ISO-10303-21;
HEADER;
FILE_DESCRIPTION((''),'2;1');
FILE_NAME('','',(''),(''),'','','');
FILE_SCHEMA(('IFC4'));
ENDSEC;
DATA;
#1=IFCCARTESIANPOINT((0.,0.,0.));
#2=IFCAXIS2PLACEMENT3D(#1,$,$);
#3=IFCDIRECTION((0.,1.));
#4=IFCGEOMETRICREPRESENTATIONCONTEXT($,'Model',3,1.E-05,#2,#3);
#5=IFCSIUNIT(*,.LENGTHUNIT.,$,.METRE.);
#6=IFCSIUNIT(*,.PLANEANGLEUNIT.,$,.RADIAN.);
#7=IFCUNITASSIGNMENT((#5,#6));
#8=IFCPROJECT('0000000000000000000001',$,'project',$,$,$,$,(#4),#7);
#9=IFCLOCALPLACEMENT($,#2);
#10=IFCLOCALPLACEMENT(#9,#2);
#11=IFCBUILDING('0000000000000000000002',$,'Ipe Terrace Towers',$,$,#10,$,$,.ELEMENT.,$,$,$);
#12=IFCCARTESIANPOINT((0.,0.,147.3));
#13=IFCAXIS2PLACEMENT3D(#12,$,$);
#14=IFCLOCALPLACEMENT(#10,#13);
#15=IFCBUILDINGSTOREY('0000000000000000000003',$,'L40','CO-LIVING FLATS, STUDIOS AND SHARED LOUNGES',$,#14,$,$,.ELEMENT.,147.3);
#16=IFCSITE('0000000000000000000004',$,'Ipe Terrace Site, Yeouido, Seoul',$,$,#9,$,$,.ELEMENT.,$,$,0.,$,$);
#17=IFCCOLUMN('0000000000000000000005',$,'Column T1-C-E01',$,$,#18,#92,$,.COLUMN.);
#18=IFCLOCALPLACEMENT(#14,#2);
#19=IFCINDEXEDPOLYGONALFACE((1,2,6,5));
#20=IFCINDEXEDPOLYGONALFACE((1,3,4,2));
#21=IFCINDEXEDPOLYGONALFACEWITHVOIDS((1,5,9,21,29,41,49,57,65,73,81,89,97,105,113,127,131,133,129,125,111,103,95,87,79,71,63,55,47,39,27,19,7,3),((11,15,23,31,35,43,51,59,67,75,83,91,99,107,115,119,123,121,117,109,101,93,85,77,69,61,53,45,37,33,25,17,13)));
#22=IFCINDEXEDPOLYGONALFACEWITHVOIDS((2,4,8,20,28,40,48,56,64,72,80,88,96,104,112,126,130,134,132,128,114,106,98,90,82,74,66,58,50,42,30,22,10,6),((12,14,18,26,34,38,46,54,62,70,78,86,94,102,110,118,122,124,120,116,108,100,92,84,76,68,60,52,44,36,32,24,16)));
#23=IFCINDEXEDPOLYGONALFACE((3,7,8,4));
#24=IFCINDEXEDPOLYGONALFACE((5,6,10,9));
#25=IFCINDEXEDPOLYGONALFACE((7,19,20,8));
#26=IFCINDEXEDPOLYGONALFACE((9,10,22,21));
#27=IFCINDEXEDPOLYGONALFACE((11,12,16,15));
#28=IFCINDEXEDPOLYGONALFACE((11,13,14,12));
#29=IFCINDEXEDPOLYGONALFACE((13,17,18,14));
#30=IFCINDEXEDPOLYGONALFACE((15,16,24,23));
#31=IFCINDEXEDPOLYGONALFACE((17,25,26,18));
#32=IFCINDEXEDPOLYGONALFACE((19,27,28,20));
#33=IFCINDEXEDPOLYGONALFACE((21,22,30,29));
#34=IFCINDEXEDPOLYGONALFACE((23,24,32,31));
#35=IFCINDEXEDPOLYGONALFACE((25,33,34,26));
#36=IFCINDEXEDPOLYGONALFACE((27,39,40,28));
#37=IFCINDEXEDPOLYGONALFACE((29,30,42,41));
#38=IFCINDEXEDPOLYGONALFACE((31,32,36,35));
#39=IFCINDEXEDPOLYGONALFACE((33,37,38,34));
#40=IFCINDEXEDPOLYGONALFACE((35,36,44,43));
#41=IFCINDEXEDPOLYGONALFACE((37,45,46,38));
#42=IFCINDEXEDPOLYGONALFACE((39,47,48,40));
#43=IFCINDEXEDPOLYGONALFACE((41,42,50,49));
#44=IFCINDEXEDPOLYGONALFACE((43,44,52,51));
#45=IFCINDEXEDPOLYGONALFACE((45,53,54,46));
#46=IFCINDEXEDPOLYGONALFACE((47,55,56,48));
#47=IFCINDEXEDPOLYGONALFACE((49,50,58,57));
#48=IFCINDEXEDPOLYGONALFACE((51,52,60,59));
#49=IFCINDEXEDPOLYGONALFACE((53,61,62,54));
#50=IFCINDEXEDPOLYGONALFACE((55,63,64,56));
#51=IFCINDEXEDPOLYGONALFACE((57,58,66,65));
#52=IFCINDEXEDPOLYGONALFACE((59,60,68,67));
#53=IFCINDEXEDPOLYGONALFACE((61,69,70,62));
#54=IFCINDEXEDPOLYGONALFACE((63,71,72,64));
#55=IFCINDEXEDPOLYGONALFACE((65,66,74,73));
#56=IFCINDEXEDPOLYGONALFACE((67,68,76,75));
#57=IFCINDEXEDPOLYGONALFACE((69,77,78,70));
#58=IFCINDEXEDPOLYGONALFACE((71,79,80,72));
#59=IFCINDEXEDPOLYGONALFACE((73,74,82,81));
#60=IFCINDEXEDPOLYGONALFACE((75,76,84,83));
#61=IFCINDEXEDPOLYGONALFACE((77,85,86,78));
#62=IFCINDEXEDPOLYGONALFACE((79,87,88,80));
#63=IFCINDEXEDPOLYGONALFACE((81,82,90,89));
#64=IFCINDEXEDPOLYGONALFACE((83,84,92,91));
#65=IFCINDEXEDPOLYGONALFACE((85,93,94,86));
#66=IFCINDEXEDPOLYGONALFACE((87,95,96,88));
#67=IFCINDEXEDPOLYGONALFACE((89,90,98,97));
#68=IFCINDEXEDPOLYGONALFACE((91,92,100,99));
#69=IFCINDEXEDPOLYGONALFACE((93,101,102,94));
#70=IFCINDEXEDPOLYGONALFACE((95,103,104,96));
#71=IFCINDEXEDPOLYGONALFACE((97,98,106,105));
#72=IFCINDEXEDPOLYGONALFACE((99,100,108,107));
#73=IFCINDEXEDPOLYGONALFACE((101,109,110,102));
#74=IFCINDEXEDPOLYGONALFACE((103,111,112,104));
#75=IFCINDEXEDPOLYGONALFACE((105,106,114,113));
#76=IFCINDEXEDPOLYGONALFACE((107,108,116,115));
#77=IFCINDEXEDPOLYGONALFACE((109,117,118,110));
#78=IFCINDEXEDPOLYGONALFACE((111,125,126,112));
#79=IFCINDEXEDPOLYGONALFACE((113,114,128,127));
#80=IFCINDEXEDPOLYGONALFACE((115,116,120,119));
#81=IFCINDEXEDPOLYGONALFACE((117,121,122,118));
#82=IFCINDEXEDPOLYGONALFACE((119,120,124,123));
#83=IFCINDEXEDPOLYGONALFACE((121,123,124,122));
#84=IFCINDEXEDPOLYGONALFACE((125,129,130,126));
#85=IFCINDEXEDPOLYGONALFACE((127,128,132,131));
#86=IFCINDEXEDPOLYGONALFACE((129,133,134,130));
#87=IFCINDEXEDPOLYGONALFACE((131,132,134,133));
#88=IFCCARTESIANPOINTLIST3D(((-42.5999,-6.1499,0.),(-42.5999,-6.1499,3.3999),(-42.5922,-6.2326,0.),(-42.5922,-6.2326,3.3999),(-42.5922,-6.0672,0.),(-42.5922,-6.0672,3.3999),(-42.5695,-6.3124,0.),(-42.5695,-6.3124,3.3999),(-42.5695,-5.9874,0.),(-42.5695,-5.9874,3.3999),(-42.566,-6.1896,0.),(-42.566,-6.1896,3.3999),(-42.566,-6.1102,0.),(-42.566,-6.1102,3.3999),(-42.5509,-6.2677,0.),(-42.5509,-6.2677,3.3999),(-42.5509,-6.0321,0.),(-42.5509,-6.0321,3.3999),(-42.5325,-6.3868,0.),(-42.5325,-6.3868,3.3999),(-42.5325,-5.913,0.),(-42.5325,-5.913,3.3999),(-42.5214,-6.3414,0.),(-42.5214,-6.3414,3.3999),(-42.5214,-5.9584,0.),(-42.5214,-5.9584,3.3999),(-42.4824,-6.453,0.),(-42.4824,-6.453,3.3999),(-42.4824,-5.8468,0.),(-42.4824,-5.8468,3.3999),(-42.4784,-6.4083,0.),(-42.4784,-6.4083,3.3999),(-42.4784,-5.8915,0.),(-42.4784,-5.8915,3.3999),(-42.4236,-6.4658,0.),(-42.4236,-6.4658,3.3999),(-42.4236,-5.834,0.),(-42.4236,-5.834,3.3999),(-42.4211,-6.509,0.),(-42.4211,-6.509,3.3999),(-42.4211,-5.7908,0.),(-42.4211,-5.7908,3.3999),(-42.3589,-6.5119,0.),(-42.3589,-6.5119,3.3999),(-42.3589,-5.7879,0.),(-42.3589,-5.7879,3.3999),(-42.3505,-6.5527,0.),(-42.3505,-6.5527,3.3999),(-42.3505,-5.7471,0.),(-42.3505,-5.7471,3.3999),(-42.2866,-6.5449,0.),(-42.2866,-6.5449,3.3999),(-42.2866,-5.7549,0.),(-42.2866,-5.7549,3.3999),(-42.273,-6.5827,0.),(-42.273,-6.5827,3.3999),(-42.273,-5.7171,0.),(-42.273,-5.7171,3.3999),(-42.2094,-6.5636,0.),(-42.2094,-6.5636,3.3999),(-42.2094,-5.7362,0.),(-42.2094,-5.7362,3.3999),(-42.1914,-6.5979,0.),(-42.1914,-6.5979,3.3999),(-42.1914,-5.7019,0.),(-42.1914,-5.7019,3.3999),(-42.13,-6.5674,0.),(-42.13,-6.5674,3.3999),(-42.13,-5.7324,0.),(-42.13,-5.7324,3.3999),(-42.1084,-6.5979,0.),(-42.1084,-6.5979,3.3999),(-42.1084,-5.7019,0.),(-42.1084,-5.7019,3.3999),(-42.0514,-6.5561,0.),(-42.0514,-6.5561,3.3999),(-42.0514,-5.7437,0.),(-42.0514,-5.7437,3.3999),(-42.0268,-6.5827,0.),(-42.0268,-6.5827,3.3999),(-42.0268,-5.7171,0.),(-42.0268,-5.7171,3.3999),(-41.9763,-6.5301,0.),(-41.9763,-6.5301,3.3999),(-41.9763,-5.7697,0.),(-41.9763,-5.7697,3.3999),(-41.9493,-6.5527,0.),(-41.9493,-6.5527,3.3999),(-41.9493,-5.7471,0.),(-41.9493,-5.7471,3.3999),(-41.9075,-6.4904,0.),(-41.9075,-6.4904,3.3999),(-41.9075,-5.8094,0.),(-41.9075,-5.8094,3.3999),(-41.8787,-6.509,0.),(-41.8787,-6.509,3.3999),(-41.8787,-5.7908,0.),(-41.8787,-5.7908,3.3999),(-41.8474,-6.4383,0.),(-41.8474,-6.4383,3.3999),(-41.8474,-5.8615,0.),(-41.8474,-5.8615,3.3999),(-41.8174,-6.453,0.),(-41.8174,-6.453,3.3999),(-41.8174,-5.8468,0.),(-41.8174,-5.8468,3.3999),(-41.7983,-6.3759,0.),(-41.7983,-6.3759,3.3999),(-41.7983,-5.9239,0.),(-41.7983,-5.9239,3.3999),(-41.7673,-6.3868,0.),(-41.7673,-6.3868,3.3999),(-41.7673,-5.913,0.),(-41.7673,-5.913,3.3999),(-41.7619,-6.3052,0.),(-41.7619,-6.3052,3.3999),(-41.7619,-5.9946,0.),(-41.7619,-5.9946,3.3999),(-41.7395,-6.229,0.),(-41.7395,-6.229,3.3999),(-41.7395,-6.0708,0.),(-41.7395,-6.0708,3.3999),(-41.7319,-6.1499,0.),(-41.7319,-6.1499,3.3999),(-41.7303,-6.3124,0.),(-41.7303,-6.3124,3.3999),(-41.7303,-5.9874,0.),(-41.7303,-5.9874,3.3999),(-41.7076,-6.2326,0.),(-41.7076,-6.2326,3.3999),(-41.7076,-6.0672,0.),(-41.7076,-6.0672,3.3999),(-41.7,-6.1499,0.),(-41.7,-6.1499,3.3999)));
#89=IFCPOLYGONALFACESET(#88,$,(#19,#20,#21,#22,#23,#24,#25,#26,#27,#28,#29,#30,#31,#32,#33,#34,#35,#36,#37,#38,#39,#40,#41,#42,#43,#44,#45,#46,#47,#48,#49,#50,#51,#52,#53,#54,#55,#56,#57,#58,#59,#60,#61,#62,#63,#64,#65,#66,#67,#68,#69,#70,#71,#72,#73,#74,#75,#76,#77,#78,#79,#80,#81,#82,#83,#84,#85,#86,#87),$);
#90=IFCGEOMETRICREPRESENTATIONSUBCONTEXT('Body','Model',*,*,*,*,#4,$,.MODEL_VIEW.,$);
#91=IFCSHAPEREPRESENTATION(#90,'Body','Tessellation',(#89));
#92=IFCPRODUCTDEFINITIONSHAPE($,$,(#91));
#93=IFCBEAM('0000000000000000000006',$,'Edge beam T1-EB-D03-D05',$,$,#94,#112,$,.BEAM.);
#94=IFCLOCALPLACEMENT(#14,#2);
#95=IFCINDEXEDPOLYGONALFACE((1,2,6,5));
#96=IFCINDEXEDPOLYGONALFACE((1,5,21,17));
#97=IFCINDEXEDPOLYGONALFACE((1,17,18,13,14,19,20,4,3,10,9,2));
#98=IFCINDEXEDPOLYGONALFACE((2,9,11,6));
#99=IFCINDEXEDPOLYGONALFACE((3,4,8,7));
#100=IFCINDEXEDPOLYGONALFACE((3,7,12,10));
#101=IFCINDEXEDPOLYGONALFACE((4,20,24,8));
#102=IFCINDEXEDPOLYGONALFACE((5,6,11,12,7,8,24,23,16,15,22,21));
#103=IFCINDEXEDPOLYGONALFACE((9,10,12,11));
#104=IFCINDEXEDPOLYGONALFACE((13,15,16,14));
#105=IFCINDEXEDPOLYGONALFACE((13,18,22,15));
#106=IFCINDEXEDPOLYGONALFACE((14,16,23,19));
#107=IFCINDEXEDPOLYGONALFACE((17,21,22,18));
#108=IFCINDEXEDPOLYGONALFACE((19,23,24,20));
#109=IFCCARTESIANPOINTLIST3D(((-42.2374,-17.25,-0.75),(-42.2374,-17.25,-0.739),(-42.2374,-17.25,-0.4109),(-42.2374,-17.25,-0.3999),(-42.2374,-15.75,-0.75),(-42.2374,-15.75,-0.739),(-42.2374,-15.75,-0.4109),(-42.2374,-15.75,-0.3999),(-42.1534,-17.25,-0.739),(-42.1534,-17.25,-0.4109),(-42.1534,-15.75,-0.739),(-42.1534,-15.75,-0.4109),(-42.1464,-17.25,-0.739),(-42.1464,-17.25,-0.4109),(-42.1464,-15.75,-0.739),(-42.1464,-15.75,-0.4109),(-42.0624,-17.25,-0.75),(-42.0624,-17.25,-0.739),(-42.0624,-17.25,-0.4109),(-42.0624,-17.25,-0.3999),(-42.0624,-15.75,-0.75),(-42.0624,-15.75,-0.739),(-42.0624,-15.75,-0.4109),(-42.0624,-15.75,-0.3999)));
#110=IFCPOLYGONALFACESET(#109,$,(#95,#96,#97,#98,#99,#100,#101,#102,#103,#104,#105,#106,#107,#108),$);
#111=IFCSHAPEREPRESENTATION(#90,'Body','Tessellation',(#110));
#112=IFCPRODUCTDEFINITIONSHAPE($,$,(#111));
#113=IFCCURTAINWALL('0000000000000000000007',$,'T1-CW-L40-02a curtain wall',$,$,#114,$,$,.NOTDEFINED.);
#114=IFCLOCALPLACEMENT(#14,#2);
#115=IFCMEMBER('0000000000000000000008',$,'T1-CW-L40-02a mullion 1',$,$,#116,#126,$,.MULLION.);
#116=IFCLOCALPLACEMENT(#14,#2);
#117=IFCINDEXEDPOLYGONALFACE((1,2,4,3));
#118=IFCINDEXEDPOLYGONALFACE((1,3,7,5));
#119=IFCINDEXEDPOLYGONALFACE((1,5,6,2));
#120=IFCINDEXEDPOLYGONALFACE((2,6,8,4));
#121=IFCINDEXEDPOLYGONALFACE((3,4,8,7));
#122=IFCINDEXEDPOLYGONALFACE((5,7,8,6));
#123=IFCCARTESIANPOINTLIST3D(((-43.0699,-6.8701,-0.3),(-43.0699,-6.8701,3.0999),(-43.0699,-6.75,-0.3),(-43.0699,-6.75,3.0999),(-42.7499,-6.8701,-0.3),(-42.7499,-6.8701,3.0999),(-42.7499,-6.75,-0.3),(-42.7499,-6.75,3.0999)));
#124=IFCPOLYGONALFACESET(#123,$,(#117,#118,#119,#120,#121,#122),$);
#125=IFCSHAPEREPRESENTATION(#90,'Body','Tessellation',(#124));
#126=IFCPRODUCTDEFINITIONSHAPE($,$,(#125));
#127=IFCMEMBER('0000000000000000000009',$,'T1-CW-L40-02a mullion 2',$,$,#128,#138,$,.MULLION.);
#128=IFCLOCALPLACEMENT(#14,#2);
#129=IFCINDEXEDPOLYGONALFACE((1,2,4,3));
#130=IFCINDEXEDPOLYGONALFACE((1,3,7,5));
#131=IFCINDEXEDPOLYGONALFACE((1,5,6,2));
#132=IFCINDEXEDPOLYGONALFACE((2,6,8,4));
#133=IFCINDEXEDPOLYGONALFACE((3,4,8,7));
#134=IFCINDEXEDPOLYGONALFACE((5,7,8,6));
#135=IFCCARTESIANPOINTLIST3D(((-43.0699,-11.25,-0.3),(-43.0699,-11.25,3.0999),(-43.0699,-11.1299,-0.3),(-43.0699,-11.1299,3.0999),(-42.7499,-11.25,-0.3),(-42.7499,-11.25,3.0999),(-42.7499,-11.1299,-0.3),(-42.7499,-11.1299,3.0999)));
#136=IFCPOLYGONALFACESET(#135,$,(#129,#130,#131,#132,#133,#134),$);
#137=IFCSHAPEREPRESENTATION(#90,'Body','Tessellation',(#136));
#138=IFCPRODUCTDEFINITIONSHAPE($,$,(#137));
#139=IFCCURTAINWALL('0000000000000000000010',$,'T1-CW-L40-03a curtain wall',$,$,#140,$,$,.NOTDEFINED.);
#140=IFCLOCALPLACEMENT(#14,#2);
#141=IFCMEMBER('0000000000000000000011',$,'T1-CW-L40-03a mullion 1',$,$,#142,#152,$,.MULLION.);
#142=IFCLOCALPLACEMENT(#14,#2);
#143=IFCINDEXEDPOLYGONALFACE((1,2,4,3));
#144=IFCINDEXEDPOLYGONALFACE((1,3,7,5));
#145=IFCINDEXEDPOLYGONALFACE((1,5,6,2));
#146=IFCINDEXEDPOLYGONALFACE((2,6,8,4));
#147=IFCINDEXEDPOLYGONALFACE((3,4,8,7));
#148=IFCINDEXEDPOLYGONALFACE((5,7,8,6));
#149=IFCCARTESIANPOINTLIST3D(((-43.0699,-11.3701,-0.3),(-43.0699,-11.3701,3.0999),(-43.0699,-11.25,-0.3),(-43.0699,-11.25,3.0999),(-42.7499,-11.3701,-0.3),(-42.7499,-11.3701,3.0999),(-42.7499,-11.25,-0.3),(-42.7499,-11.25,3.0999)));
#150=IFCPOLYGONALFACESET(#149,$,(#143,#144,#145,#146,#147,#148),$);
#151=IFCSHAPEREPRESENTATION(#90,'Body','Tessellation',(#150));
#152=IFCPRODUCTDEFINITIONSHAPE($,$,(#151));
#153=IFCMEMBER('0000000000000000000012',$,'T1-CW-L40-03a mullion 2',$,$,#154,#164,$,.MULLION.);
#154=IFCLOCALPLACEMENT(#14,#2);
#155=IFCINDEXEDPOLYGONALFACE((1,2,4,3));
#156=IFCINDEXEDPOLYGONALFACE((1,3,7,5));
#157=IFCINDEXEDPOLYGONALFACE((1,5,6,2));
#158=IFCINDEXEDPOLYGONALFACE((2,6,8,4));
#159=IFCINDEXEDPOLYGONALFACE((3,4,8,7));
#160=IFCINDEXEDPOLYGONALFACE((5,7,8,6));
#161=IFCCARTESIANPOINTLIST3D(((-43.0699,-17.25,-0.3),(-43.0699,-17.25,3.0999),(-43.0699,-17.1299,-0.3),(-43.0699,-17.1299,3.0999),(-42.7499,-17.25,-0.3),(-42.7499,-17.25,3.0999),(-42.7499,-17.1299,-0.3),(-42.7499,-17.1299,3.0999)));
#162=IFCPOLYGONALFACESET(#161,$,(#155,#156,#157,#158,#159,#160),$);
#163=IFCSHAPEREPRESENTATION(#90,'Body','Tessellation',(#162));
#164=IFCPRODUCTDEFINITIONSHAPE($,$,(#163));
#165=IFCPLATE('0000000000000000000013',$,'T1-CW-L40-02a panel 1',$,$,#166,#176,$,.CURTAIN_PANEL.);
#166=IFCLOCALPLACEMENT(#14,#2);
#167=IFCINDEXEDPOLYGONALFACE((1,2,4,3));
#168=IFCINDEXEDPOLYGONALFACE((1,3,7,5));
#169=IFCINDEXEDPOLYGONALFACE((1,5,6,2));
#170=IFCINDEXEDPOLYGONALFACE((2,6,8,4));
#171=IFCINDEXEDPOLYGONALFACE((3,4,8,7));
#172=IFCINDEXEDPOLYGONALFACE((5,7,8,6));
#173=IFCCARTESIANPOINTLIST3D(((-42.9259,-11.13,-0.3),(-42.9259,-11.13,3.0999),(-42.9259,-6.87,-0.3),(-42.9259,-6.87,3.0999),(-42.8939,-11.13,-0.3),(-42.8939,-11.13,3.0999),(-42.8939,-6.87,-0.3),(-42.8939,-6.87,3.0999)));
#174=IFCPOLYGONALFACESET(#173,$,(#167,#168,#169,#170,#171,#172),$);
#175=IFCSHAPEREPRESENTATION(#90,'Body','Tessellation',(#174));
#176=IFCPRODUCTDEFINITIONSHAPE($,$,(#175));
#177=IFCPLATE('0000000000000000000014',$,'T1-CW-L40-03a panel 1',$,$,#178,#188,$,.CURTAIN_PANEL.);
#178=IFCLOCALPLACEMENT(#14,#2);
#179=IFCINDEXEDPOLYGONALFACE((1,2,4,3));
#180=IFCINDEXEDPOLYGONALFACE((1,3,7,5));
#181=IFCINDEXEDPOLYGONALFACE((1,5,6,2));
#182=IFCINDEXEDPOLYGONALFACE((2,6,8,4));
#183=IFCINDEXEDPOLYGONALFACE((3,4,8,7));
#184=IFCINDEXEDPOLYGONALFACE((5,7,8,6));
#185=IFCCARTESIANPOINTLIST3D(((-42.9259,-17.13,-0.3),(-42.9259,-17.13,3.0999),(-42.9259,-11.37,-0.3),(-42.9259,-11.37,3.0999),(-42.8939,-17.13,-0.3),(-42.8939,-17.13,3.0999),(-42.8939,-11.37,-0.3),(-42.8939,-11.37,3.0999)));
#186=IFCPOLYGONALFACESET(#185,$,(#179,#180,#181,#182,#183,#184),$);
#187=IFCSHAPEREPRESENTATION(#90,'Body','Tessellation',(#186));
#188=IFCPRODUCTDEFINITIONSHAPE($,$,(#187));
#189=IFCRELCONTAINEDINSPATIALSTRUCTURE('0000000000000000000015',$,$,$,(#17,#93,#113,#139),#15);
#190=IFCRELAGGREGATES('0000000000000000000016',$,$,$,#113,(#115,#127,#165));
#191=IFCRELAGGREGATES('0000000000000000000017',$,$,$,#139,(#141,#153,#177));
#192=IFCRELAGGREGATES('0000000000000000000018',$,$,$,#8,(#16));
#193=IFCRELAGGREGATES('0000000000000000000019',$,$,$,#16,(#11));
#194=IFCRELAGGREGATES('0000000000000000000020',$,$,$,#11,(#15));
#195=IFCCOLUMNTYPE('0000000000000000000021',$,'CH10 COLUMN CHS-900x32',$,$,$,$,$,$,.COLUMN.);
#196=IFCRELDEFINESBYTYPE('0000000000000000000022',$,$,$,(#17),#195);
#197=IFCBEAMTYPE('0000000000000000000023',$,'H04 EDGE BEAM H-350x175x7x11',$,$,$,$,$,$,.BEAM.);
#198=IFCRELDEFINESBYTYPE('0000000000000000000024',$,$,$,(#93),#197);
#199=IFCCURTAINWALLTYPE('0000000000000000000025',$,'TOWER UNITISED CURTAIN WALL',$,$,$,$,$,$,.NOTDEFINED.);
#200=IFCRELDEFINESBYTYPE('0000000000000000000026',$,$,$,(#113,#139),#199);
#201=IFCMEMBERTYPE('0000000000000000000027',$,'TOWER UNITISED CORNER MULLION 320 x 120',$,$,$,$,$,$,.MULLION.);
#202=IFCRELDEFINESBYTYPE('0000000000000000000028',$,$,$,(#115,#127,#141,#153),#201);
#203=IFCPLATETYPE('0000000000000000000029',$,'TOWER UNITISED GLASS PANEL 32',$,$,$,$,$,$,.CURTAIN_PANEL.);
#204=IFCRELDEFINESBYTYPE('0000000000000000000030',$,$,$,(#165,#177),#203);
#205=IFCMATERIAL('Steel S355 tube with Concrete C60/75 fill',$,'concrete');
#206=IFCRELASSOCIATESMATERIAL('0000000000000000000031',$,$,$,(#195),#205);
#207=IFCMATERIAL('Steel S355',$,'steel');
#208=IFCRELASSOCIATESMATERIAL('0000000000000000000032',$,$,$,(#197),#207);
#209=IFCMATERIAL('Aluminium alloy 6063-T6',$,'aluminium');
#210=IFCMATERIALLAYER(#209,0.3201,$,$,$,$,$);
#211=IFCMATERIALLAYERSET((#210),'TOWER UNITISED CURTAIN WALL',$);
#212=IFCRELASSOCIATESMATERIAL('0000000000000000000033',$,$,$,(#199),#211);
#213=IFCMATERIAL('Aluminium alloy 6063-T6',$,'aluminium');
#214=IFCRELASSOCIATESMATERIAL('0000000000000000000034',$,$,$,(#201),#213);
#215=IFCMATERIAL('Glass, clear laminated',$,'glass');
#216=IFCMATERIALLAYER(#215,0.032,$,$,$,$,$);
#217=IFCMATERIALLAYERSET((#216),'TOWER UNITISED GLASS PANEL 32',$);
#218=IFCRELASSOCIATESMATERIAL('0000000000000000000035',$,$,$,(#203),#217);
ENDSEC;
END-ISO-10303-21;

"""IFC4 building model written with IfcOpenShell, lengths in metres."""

from ifc_helpers import new_model, si_unit, direction, frame, origin, origin_2d, place, context, subcontext, project, spatial, rectangle, hollow_circle, i_section, extrude, material, layer, layer_set, material_profile, profile_set, type_object, element, aggregate, save


model = new_model("IFC4")

# Units and contexts
model_context = context("Model", 3, precision=1e-05, world=origin(), true_north=direction((0.0, 1.0)))
body_context = subcontext(model_context, "Body", "Model", "MODEL_VIEW")
ifc_project = project(units=[si_unit("LENGTHUNIT", "METRE"), si_unit("PLANEANGLEUNIT", "RADIAN")], contexts=[model_context])

# Site, building, storey
site_placement = place(None, origin())
site = spatial("IfcSite", under=ifc_project, at=site_placement, Name="Ipe Terrace Site, Yeouido, Seoul", CompositionType="ELEMENT", RefElevation=0.0)
building_placement = place(site_placement, origin())
building = spatial("IfcBuilding", under=site, at=building_placement, Name="Ipe Terrace Towers", CompositionType="ELEMENT")
storey_placement = place(building_placement, frame((0.0, 0.0, 147.3)))
storey = spatial("IfcBuildingStorey", under=building, at=storey_placement, Name="L40", Description="CO-LIVING FLATS, STUDIOS AND SHARED LOUNGES", CompositionType="ELEMENT", Elevation=147.3)

# Column
ifc_material_1 = material(Name="Steel S355 tube with Concrete C60/75 fill", Category="concrete")
ifc_material_profile_1 = material_profile(ifc_material_1, hollow_circle(Radius=0.45, WallThickness=0.032, at=origin_2d()), Name="CHS-900x32")
ifc_profile_set_1 = profile_set([ifc_material_profile_1], Name="Steel S355 tube with Concrete C60/75 fill")
column_type_1 = type_object("IfcColumnType", Name="CH10 COLUMN CHS-900x32", PredefinedType="COLUMN", material=ifc_profile_set_1)
column_placement = place(storey_placement, frame((-42.1499, -6.1499, 0.0), z_axis=(0.0, 0.0, 1.0), x_axis=(1.0, 0.0, 0.0)))
element("IfcColumn", 1, at=column_placement, inside=storey, type_object=column_type_1, Name="Column T1-C-E01", PredefinedType="COLUMN", context=body_context, shape_type="SweptSolid", body=[
    extrude(hollow_circle(Radius=0.45, WallThickness=0.032, at=origin_2d()), origin(), (0.0, 0.0, 1.0), 3.3999),
])

# Beam
ifc_material_2 = material(Name="Steel S355", Category="steel")
ifc_material_profile_2 = material_profile(ifc_material_2, i_section(OverallWidth=0.175, OverallDepth=0.3501, WebThickness=0.0071, FlangeThickness=0.011, at=origin_2d()), Name="H-350x175x7x11")
ifc_profile_set_2 = profile_set([ifc_material_profile_2], Name="Steel S355")
beam_type = type_object("IfcBeamType", Name="H04 EDGE BEAM H-350x175x7x11", PredefinedType="BEAM", material=ifc_profile_set_2)
beam_placement = place(storey_placement, frame((-42.1499, -15.75, -0.575), z_axis=(0.0, -1.0, 0.0), x_axis=(1.0, 0.0, 0.0)))
element("IfcBeam", 2, at=beam_placement, inside=storey, type_object=beam_type, Name="Edge beam T1-EB-D03-D05", PredefinedType="BEAM", context=body_context, shape_type="SweptSolid", body=[
    extrude(i_section(OverallWidth=0.175, OverallDepth=0.3501, WebThickness=0.0071, FlangeThickness=0.011, at=origin_2d()), origin(), (0.0, 0.0, 1.0), 1.5),
])

# Curtain walls, members
ifc_material_3 = material(Name="Aluminium alloy 6063-T6", Category="aluminium")
ifc_layer_1 = layer(ifc_material_3, 0.3201)
ifc_layer_set_1 = layer_set([ifc_layer_1], Name="TOWER UNITISED CURTAIN WALL")
curtain_wall_type = type_object("IfcCurtainWallType", Name="TOWER UNITISED CURTAIN WALL", PredefinedType="NOTDEFINED", material=ifc_layer_set_1)
curtain_wall_1_placement = place(storey_placement, origin())
curtain_wall_1 = element("IfcCurtainWall", 3, at=curtain_wall_1_placement, inside=storey, type_object=curtain_wall_type, Name="T1-CW-L40-02a curtain wall", PredefinedType="NOTDEFINED")
ifc_material_4 = material(Name="Aluminium alloy 6063-T6", Category="aluminium")
ifc_material_profile_3 = material_profile(ifc_material_4, rectangle(XDim=0.3201, YDim=0.1201, at=origin_2d()), Name="TOWER UNITISED CORNER MULLION 320 x 120")
ifc_profile_set_3 = profile_set([ifc_material_profile_3], Name="Aluminium alloy 6063-T6")
member_type = type_object("IfcMemberType", Name="TOWER UNITISED CORNER MULLION 320 x 120", PredefinedType="MULLION", material=ifc_profile_set_3)
member_1_placement = place(storey_placement, frame((-42.9099, -6.8101, -0.3), z_axis=(0.0, 0.0, 1.0), x_axis=(-1.0, 0.0, 0.0)))
member_1 = element("IfcMember", 4, at=member_1_placement, type_object=member_type, Name="T1-CW-L40-02a mullion 1", PredefinedType="MULLION", context=body_context, shape_type="SweptSolid", body=[
    extrude(rectangle(XDim=0.3201, YDim=0.1201, at=origin_2d()), origin(), (0.0, 0.0, 1.0), 3.3999),
])
member_2_placement = place(storey_placement, frame((-42.9099, -11.1899, -0.3), z_axis=(0.0, 0.0, 1.0), x_axis=(-1.0, 0.0, 0.0)))
member_2 = element("IfcMember", 5, at=member_2_placement, type_object=member_type, Name="T1-CW-L40-02a mullion 2", PredefinedType="MULLION", context=body_context, shape_type="SweptSolid", body=[
    extrude(rectangle(XDim=0.3201, YDim=0.1201, at=origin_2d()), origin(), (0.0, 0.0, 1.0), 3.3999),
])
curtain_wall_2_placement = place(storey_placement, origin())
curtain_wall_2 = element("IfcCurtainWall", 6, at=curtain_wall_2_placement, inside=storey, type_object=curtain_wall_type, Name="T1-CW-L40-03a curtain wall", PredefinedType="NOTDEFINED")
member_3_placement = place(storey_placement, frame((-42.9099, -11.3101, -0.3), z_axis=(0.0, 0.0, 1.0), x_axis=(-1.0, 0.0, 0.0)))
member_3 = element("IfcMember", 7, at=member_3_placement, type_object=member_type, Name="T1-CW-L40-03a mullion 1", PredefinedType="MULLION", context=body_context, shape_type="SweptSolid", body=[
    extrude(rectangle(XDim=0.3201, YDim=0.1201, at=origin_2d()), origin(), (0.0, 0.0, 1.0), 3.3999),
])
member_4_placement = place(storey_placement, frame((-42.9099, -17.1899, -0.3), z_axis=(0.0, 0.0, 1.0), x_axis=(-1.0, 0.0, 0.0)))
member_4 = element("IfcMember", 8, at=member_4_placement, type_object=member_type, Name="T1-CW-L40-03a mullion 2", PredefinedType="MULLION", context=body_context, shape_type="SweptSolid", body=[
    extrude(rectangle(XDim=0.3201, YDim=0.1201, at=origin_2d()), origin(), (0.0, 0.0, 1.0), 3.3999),
])

# Plates
ifc_material_5 = material(Name="Glass, clear laminated", Category="glass")
ifc_layer_2 = layer(ifc_material_5, 0.032)
ifc_layer_set_2 = layer_set([ifc_layer_2], Name="TOWER UNITISED GLASS PANEL 32")
plate_type = type_object("IfcPlateType", Name="TOWER UNITISED GLASS PANEL 32", PredefinedType="CURTAIN_PANEL", material=ifc_layer_set_2)
plate_1_placement = place(storey_placement, frame((-42.9099, -9.0, -0.3), z_axis=(0.0, 0.0, 1.0), x_axis=(0.0, -1.0, 0.0)))
plate_1 = element("IfcPlate", 9, at=plate_1_placement, type_object=plate_type, Name="T1-CW-L40-02a panel 1", PredefinedType="CURTAIN_PANEL", context=body_context, shape_type="SweptSolid", body=[
    extrude(rectangle(XDim=4.26, YDim=0.032, at=origin_2d()), origin(), (0.0, 0.0, 1.0), 3.3999),
])
aggregate(curtain_wall_1, [member_1, member_2, plate_1])
plate_2_placement = place(storey_placement, frame((-42.9099, -14.25, -0.3), z_axis=(0.0, 0.0, 1.0), x_axis=(0.0, -1.0, 0.0)))
plate_2 = element("IfcPlate", 10, at=plate_2_placement, type_object=plate_type, Name="T1-CW-L40-03a panel 1", PredefinedType="CURTAIN_PANEL", context=body_context, shape_type="SweptSolid", body=[
    extrude(rectangle(XDim=5.76, YDim=0.032, at=origin_2d()), origin(), (0.0, 0.0, 1.0), 3.3999),
])
aggregate(curtain_wall_2, [member_3, member_4, plate_2])

save(model, "model.ifc")
